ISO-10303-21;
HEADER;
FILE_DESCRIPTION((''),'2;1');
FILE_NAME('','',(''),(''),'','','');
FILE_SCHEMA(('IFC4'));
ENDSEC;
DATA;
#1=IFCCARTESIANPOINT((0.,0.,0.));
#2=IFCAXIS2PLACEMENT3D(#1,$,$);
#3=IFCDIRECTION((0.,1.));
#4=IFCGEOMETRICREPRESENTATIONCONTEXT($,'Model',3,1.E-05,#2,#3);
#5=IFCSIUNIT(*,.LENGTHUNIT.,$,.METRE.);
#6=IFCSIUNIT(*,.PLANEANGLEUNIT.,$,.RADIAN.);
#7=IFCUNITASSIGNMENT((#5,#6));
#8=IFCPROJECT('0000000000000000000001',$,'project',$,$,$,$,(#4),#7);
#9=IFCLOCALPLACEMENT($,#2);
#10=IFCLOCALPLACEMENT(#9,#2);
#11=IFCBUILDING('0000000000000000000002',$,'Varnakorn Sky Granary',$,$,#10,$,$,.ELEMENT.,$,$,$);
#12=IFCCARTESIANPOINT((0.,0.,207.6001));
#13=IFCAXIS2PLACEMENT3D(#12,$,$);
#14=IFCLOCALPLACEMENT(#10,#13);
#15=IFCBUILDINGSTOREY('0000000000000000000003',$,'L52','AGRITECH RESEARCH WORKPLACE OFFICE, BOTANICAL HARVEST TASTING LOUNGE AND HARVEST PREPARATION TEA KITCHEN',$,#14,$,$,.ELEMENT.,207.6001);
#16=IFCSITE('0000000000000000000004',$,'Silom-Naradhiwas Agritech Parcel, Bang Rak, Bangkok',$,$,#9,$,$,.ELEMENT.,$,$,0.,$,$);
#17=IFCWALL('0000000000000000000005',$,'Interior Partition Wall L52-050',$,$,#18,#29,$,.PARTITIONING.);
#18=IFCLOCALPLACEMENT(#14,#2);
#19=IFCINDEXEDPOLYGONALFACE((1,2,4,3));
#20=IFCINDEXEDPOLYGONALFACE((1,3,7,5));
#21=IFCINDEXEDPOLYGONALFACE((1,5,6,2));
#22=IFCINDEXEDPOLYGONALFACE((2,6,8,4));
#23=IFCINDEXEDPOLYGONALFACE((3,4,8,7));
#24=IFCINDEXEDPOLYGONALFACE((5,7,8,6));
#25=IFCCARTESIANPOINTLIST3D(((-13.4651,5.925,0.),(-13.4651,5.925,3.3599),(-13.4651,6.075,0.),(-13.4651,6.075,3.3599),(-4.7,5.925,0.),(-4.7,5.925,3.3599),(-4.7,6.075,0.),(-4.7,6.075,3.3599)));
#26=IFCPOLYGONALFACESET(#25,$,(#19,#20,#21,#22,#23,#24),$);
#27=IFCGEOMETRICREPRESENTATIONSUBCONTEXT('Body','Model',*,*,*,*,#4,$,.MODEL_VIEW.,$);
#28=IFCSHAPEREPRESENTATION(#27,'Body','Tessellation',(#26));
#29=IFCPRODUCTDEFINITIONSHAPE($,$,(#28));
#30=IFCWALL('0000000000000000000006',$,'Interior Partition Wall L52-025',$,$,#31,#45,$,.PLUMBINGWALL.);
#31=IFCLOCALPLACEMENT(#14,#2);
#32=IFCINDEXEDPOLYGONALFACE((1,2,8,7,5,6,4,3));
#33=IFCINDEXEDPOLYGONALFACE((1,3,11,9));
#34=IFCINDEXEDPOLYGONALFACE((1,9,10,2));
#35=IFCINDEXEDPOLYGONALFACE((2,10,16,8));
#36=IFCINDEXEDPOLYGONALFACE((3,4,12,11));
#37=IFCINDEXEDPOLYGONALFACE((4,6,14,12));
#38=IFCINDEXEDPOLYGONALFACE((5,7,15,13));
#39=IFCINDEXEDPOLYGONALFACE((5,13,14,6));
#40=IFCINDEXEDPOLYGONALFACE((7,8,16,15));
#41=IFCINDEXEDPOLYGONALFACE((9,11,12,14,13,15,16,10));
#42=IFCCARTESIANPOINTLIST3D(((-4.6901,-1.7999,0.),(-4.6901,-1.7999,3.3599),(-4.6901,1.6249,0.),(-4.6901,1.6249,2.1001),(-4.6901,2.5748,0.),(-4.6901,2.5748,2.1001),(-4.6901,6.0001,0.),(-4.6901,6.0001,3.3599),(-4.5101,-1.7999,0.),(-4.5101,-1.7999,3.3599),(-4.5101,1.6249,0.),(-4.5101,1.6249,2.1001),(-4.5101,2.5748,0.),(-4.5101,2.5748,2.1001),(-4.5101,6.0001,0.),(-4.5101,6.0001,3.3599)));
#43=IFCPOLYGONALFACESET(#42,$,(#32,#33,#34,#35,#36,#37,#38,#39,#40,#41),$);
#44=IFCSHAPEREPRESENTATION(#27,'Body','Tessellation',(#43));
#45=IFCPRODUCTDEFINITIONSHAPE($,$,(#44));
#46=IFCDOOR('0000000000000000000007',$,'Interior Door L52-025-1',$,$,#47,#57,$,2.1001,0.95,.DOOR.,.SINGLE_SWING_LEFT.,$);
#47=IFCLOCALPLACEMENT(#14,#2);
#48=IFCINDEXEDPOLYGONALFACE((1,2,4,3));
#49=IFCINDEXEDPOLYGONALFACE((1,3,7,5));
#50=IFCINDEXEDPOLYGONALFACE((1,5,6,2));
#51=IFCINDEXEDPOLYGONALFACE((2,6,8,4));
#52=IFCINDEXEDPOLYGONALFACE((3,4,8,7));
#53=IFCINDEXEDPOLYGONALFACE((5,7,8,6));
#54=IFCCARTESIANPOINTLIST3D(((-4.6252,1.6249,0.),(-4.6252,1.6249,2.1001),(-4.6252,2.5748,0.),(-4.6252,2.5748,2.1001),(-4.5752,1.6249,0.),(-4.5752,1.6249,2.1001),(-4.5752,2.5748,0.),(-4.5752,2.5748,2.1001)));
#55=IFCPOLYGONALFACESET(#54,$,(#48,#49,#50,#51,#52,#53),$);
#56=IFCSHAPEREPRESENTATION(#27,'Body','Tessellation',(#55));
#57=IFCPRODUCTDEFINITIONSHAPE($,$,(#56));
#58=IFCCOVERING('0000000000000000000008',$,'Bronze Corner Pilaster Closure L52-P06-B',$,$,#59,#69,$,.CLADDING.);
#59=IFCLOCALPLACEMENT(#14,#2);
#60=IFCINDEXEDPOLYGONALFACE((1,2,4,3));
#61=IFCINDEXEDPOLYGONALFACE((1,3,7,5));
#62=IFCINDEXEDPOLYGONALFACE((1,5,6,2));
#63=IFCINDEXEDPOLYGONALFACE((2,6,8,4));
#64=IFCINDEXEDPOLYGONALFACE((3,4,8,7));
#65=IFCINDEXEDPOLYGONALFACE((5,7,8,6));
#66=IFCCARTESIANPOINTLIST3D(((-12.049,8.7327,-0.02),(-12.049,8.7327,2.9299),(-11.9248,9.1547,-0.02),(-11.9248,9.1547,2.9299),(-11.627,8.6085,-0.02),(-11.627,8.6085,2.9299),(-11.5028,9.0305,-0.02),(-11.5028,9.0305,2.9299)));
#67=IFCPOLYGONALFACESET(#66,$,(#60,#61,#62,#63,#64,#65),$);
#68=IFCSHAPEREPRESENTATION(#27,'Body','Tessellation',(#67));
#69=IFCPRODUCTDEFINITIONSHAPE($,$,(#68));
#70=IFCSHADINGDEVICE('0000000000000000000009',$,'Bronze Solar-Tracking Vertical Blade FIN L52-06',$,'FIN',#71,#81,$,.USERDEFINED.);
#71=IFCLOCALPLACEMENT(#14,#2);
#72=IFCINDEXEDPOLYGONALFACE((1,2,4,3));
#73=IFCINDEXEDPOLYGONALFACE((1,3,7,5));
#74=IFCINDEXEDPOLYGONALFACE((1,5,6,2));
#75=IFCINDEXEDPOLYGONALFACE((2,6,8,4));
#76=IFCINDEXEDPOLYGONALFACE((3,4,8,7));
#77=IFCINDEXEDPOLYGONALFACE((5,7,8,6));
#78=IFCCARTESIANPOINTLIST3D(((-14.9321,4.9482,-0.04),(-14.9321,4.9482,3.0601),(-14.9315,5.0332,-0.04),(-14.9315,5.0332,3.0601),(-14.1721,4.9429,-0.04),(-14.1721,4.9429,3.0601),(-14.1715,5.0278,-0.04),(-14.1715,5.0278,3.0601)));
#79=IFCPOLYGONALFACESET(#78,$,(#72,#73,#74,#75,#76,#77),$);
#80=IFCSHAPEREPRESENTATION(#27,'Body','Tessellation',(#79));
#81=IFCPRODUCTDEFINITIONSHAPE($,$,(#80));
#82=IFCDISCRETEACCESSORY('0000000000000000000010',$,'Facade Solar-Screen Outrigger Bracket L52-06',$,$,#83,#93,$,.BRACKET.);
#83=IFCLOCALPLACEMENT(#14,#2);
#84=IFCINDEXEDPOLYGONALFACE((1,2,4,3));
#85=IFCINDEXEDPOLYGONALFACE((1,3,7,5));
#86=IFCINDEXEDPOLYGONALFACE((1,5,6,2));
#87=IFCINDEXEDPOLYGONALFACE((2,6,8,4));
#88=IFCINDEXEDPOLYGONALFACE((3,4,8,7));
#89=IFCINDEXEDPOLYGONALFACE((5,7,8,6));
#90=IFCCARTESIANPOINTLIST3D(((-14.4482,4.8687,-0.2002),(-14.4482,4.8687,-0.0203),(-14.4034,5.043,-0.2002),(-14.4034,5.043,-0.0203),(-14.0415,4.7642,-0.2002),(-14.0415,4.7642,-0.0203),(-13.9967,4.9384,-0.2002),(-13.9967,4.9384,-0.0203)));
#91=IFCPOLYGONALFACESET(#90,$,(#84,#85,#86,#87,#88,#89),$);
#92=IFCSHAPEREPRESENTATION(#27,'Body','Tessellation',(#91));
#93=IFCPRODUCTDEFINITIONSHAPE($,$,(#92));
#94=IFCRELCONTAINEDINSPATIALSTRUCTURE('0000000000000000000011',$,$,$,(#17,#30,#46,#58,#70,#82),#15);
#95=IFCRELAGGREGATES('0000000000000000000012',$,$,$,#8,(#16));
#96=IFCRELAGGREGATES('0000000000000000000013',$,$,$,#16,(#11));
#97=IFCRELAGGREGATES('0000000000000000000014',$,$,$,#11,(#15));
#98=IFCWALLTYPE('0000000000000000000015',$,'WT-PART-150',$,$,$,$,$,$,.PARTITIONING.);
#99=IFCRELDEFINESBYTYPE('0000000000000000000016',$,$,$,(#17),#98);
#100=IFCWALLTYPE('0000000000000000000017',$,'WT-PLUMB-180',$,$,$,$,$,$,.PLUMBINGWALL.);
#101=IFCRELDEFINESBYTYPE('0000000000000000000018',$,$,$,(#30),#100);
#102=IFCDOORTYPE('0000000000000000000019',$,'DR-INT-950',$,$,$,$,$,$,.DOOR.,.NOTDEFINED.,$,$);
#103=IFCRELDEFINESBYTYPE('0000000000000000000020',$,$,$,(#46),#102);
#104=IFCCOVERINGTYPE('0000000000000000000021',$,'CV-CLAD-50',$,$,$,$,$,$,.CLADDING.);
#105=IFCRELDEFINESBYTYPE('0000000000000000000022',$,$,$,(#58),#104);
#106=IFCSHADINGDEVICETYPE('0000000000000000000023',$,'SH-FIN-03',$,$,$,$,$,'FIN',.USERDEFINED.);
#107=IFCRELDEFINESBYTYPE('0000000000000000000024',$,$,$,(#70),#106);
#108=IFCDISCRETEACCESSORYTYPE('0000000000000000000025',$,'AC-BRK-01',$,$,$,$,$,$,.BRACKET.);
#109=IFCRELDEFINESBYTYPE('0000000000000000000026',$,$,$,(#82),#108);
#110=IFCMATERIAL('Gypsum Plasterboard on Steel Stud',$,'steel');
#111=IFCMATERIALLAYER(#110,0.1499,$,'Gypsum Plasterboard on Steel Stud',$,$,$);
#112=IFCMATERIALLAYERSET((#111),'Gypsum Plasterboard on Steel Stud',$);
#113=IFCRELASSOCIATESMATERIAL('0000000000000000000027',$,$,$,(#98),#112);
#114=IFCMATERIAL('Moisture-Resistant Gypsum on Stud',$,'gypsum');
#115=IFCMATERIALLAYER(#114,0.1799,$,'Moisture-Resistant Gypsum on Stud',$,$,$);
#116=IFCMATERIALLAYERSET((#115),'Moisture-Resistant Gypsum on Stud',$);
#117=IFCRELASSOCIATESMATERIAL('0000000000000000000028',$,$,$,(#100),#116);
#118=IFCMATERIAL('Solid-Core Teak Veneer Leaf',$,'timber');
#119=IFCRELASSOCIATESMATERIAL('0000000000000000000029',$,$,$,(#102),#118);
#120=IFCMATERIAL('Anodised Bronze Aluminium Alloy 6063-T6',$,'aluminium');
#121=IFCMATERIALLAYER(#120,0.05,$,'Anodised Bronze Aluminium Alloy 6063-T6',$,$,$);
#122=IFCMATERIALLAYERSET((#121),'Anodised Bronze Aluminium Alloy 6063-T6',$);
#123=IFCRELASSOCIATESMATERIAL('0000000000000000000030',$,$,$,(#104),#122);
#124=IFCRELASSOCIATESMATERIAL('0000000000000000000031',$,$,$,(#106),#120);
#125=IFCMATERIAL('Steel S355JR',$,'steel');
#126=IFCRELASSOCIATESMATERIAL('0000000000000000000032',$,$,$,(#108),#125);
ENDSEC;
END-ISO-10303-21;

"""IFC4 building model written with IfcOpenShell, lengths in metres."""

from ifc_helpers import new_model, si_unit, direction, frame, frame_2d, origin, origin_2d, place, context, subcontext, project, spatial, rectangle, extrude, source, transform, mapped, material, layer, layer_set, type_object, type_shapes, element, fill, save


model = new_model("IFC4")

# Units and contexts
model_context = context("Model", 3, precision=1e-05, world=origin(), true_north=direction((0.0, 1.0)))
body_context = subcontext(model_context, "Body", "Model", "MODEL_VIEW")
ifc_project = project(units=[si_unit("LENGTHUNIT", "METRE"), si_unit("PLANEANGLEUNIT", "RADIAN")], contexts=[model_context])

# Site, building, storey
site_placement = place(None, origin())
site = spatial("IfcSite", under=ifc_project, at=site_placement, Name="Silom-Naradhiwas Agritech Parcel, Bang Rak, Bangkok", CompositionType="ELEMENT", RefElevation=0.0)
building_placement = place(site_placement, origin())
building = spatial("IfcBuilding", under=site, at=building_placement, Name="Varnakorn Sky Granary", CompositionType="ELEMENT")
storey_placement = place(building_placement, frame((0.0, 0.0, 207.6001)))
storey = spatial("IfcBuildingStorey", under=building, at=storey_placement, Name="L52", Description="AGRITECH RESEARCH WORKPLACE OFFICE, BOTANICAL HARVEST TASTING LOUNGE AND HARVEST PREPARATION TEA KITCHEN", CompositionType="ELEMENT", Elevation=207.6001)

# Shared definitions
ifc_material_1 = material(Name="Steel S355JR", Category="steel")

# Shared definitions
ifc_material_2 = material(Name="Anodised Bronze Aluminium Alloy 6063-T6", Category="aluminium")

# Wall
ifc_material_3 = material(Name="Gypsum Plasterboard on Steel Stud", Category="steel")
ifc_layer_1 = layer(ifc_material_3, 0.1499, Name="Gypsum Plasterboard on Steel Stud")
ifc_layer_set_1 = layer_set([ifc_layer_1], Name="Gypsum Plasterboard on Steel Stud")
wall_type_1 = type_object("IfcWallType", Name="WT-PART-150", PredefinedType="PARTITIONING", material=ifc_layer_set_1)
wall_1_placement = place(storey_placement, frame((-13.4651, 6.0, 0.0), z_axis=(0.0, 0.0, 1.0), x_axis=(1.0, 0.0, 0.0)))
element("IfcWall", 1, at=wall_1_placement, inside=storey, type_object=wall_type_1, Name="Interior Partition Wall L52-050", PredefinedType="PARTITIONING", context=body_context, shape_type="SweptSolid", body=[
    extrude(rectangle(XDim=8.7651, YDim=0.1499, at=frame_2d((4.3826, 0.0))), origin(), (0.0, 0.0, 1.0), 3.3599),
])

# Wall, opening, door
ifc_material_4 = material(Name="Moisture-Resistant Gypsum on Stud", Category="gypsum")
ifc_layer_2 = layer(ifc_material_4, 0.1799, Name="Moisture-Resistant Gypsum on Stud")
ifc_layer_set_2 = layer_set([ifc_layer_2], Name="Moisture-Resistant Gypsum on Stud")
wall_type_2 = type_object("IfcWallType", Name="WT-PLUMB-180", PredefinedType="PLUMBINGWALL", material=ifc_layer_set_2)
wall_2_placement = place(storey_placement, frame((-4.6001, 6.0, 0.0), z_axis=(0.0, 0.0, 1.0), x_axis=(0.0, -1.0, 0.0)))
wall_2 = element("IfcWall", 2, at=wall_2_placement, inside=storey, type_object=wall_type_2, Name="Interior Partition Wall L52-025", PredefinedType="PLUMBINGWALL", context=body_context, shape_type="SweptSolid", body=[
    extrude(rectangle(XDim=7.8, YDim=0.1799, at=frame_2d((3.8999, 0.0))), origin(), (0.0, 0.0, 1.0), 3.3599),
])
opening_placement = place(wall_2_placement, frame((3.425, 0.0, 0.0)))
opening = element("IfcOpeningElement", 3, at=opening_placement, cuts=wall_2, PredefinedType="OPENING", context=body_context, shape_type="SweptSolid", body=[
    extrude(rectangle(XDim=0.95, YDim=2.1001, at=frame_2d((0.4751, 1.05))), frame((0.0, 0.1001, 0.0), z_axis=(0.0, -1.0, 0.0), x_axis=(1.0, 0.0, 0.0)), (0.0, 0.0, 1.0), 0.2),
])
ifc_material_5 = material(Name="Solid-Core Teak Veneer Leaf", Category="timber")
door_type = type_object("IfcDoorType", Name="DR-INT-950", OperationType="NOTDEFINED", PredefinedType="DOOR", material=ifc_material_5)
door_placement = place(opening_placement, origin())
door = element("IfcDoor", 4, at=door_placement, inside=storey, type_object=door_type, Name="Interior Door L52-025-1", OperationType="SINGLE_SWING_LEFT", OverallHeight=2.1001, OverallWidth=0.95, PredefinedType="DOOR", context=body_context, shape_type="SweptSolid", body=[
    extrude(rectangle(XDim=0.95, YDim=2.1001, at=frame_2d((0.4751, 1.05))), frame((0.0, 0.0249, 0.0), z_axis=(0.0, -1.0, 0.0), x_axis=(1.0, 0.0, 0.0)), (0.0, 0.0, 1.0), 0.05),
])
fill(opening, door)

# Covering
ifc_layer_3 = layer(ifc_material_2, 0.05, Name="Anodised Bronze Aluminium Alloy 6063-T6")
ifc_layer_set_3 = layer_set([ifc_layer_3], Name="Anodised Bronze Aluminium Alloy 6063-T6")
covering_type = type_object("IfcCoveringType", Name="CV-CLAD-50", PredefinedType="CLADDING", material=ifc_layer_set_3)
shared_shape_1 = source(origin(), body_context, "Body", "SweptSolid", [
    extrude(rectangle(XDim=0.4399, YDim=0.4399, at=origin_2d()), origin(), (0.0, 0.0, 1.0), 2.95),
])
type_shapes(covering_type, [shared_shape_1])
covering_placement = place(storey_placement, frame((-11.7759, 8.8816, -0.02), z_axis=(0.0, 0.0, 1.0), x_axis=(0.282341, 0.959314, 0.0)))
element("IfcCovering", 5, at=covering_placement, inside=storey, type_object=covering_type, Name="Bronze Corner Pilaster Closure L52-P06-B", PredefinedType="CLADDING", context=body_context, shape_type="MappedRepresentation", body=[
    mapped(shared_shape_1, transform((0.0, 0.0, 0.0), x_axis=(1.0, 0.0, 0.0), y_axis=(0.0, 1.0, 0.0), z_axis=(0.0, 0.0, 1.0), scale=1.0)),
])

# Shading device
shading_device_type = type_object("IfcShadingDeviceType", Name="SH-FIN-03", ElementType="FIN", PredefinedType="USERDEFINED", material=ifc_material_2)
shared_shape_2 = source(origin(), body_context, "Body", "SweptSolid", [
    extrude(rectangle(XDim=0.085, YDim=0.76, at=origin_2d()), origin(), (0.0, 0.0, 1.0), 3.1001),
])
type_shapes(shading_device_type, [shared_shape_2])
shading_device_placement = place(storey_placement, frame((-14.5518, 4.988, -0.04), z_axis=(0.0, 0.0, 1.0), x_axis=(-0.007021, -0.999975, 0.0)))
element("IfcShadingDevice", 6, at=shading_device_placement, inside=storey, type_object=shading_device_type, Name="Bronze Solar-Tracking Vertical Blade FIN L52-06", ObjectType="FIN", PredefinedType="USERDEFINED", context=body_context, shape_type="MappedRepresentation", body=[
    mapped(shared_shape_2, transform((0.0, 0.0, 0.0), x_axis=(1.0, 0.0, 0.0), y_axis=(0.0, 1.0, 0.0), z_axis=(0.0, 0.0, 1.0), scale=1.0)),
])

# Discrete accessory
discrete_accessory_type = type_object("IfcDiscreteAccessoryType", Name="AC-BRK-01", PredefinedType="BRACKET", material=ifc_material_1)
shared_shape_3 = source(origin(), body_context, "Body", "SweptSolid", [
    extrude(rectangle(XDim=0.1799, YDim=0.4199, at=origin_2d()), origin(), (0.0, 0.0, 1.0), 0.1799),
])
type_shapes(discrete_accessory_type, [shared_shape_3])
discrete_accessory_placement = place(storey_placement, frame((-14.2224, 4.9036, -0.2002), z_axis=(0.0, 0.0, 1.0), x_axis=(-0.248999, -0.968504, 0.0)))
element("IfcDiscreteAccessory", 7, at=discrete_accessory_placement, inside=storey, type_object=discrete_accessory_type, Name="Facade Solar-Screen Outrigger Bracket L52-06", PredefinedType="BRACKET", context=body_context, shape_type="MappedRepresentation", body=[
    mapped(shared_shape_3, transform((0.0, 0.0, 0.0), x_axis=(1.0, 0.0, 0.0), y_axis=(0.0, 1.0, 0.0), z_axis=(0.0, 0.0, 1.0), scale=1.0)),
])

save(model, "model.ifc")
